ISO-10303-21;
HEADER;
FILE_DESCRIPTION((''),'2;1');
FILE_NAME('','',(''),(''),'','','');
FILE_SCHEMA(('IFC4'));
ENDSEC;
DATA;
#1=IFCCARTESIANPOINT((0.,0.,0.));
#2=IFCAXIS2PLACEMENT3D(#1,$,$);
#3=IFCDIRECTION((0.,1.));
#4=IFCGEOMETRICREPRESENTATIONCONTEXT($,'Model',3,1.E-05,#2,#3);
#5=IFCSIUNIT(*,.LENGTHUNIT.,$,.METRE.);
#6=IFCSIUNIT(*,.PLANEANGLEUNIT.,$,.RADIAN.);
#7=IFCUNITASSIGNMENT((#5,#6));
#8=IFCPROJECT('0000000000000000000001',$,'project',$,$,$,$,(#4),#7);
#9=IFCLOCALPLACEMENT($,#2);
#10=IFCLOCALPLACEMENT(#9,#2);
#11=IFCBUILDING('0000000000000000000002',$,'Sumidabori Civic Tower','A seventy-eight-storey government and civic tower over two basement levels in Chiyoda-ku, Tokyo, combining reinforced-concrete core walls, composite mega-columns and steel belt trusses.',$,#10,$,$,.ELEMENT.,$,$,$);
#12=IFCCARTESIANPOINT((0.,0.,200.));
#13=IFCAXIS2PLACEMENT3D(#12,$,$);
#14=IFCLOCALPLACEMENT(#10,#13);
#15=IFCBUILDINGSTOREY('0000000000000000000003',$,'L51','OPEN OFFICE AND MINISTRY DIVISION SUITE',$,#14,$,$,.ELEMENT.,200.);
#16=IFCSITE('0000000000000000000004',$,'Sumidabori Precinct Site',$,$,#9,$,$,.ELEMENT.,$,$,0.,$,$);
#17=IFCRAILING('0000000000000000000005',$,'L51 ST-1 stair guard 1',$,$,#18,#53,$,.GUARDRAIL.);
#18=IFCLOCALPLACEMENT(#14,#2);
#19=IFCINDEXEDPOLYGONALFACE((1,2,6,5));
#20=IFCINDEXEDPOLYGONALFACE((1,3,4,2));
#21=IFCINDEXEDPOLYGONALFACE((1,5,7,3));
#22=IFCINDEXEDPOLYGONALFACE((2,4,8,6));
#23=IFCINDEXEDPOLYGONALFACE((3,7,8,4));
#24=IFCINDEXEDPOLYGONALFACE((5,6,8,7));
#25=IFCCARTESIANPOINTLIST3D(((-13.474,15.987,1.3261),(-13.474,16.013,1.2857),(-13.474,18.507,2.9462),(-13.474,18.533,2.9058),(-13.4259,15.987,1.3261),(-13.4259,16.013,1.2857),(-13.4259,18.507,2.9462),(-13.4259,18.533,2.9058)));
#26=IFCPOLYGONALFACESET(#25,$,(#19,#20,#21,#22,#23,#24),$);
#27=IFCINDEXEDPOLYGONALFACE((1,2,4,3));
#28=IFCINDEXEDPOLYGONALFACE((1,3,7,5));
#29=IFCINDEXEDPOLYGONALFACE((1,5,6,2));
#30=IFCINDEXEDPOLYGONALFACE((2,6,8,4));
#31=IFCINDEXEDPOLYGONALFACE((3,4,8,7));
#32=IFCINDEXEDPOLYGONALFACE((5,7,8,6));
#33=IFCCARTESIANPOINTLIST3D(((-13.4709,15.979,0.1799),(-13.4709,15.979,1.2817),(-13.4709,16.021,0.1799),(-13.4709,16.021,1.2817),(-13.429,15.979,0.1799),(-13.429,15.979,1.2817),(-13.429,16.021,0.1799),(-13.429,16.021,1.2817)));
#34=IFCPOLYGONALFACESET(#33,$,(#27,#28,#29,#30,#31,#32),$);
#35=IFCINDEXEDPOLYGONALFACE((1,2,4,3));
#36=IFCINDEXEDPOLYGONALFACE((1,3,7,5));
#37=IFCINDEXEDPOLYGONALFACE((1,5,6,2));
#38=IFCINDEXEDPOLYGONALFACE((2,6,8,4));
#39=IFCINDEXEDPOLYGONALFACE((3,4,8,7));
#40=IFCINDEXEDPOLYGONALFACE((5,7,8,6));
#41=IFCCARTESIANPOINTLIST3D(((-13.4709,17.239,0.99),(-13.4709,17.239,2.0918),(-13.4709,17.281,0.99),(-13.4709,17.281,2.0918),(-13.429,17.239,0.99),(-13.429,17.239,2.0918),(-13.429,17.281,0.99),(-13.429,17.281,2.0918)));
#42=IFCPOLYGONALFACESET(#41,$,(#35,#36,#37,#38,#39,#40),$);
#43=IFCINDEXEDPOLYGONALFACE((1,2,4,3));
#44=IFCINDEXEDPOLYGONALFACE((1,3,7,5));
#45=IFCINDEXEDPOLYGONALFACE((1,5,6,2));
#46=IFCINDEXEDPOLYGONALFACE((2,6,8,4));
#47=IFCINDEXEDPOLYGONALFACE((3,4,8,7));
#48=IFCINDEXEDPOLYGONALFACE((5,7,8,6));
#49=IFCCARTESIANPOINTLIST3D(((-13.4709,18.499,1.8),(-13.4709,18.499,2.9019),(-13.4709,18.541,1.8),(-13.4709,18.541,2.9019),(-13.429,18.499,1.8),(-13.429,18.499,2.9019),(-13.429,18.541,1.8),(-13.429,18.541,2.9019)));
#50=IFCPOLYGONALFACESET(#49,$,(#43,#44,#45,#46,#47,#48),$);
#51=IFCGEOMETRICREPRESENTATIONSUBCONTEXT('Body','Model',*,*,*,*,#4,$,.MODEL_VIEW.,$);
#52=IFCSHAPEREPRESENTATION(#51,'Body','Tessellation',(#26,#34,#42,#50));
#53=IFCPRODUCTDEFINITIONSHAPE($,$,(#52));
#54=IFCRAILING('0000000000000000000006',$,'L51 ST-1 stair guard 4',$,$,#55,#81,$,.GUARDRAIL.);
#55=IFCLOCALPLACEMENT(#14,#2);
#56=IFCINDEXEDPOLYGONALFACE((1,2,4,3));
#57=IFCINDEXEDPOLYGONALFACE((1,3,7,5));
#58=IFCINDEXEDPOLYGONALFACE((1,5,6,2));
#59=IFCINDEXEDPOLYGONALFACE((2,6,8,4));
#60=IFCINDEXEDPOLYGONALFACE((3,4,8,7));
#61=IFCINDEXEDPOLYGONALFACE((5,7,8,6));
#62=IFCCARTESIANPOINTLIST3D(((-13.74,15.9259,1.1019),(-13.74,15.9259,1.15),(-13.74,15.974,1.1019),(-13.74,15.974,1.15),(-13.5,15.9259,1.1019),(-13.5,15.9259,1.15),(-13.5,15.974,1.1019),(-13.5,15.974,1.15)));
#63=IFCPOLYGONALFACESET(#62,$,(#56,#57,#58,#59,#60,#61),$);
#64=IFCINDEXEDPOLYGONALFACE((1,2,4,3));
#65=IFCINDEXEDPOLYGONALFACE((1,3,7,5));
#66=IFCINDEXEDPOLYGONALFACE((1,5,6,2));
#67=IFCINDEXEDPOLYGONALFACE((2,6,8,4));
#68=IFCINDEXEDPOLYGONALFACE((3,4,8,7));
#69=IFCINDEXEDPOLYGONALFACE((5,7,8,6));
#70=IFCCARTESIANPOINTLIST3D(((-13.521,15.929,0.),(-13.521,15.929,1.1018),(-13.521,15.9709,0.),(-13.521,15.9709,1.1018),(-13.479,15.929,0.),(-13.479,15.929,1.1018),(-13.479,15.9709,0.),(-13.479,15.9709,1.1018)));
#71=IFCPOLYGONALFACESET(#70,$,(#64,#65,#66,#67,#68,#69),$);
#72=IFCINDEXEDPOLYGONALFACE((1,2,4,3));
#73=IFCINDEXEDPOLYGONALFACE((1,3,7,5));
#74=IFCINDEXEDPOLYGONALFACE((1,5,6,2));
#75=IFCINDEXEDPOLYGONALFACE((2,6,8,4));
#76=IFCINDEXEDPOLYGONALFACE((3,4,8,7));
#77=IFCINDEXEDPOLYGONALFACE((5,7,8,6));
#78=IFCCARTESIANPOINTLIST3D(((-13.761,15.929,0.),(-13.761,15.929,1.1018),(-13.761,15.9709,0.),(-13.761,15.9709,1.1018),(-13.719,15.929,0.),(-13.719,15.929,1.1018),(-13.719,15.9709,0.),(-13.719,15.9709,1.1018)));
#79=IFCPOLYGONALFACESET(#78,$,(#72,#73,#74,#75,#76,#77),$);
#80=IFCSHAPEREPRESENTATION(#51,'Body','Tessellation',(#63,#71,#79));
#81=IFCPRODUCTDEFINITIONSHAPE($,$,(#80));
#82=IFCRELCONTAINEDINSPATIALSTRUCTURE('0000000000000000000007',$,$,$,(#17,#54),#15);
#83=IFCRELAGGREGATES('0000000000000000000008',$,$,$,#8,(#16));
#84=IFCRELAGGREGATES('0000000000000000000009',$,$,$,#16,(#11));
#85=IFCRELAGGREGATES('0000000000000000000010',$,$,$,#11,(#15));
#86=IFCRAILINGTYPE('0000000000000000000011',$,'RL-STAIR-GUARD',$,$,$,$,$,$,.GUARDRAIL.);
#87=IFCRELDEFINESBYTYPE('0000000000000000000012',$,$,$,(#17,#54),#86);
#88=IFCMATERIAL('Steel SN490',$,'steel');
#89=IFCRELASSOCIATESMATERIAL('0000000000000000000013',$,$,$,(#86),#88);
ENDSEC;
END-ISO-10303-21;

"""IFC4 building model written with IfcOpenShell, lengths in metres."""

from ifc_helpers import new_model, si_unit, direction, frame, origin, origin_2d, place, context, subcontext, project, spatial, rectangle, extrude, material, type_object, element, save


model = new_model("IFC4")

# Units and contexts
model_context = context("Model", 3, precision=1e-05, world=origin(), true_north=direction((0.0, 1.0)))
body_context = subcontext(model_context, "Body", "Model", "MODEL_VIEW")
ifc_project = project(units=[si_unit("LENGTHUNIT", "METRE"), si_unit("PLANEANGLEUNIT", "RADIAN")], contexts=[model_context])

# Site, building, storey
site_placement = place(None, origin())
site = spatial("IfcSite", under=ifc_project, at=site_placement, Name="Sumidabori Precinct Site", CompositionType="ELEMENT", RefElevation=0.0)
building_placement = place(site_placement, origin())
building = spatial("IfcBuilding", under=site, at=building_placement, Name="Sumidabori Civic Tower", Description="A seventy-eight-storey government and civic tower over two basement levels in Chiyoda-ku, Tokyo, combining reinforced-concrete core walls, composite mega-columns and steel belt trusses.", CompositionType="ELEMENT")
storey_placement = place(building_placement, frame((0.0, 0.0, 200.0)))
storey = spatial("IfcBuildingStorey", under=building, at=storey_placement, Name="L51", Description="OPEN OFFICE AND MINISTRY DIVISION SUITE", CompositionType="ELEMENT", Elevation=200.0)

# Shared definitions
ifc_material_1 = material(Name="Steel SN490", Category="steel")

# Railings
railing_type = type_object("IfcRailingType", Name="RL-STAIR-GUARD", PredefinedType="GUARDRAIL", material=ifc_material_1)
railing_1_placement = place(storey_placement, frame((-13.45, 16.0, 0.1799)))
element("IfcRailing", 1, at=railing_1_placement, inside=storey, type_object=railing_type, Name="L51 ST-1 stair guard 1", PredefinedType="GUARDRAIL", context=body_context, shape_type="SweptSolid", body=[
    extrude(rectangle(XDim=0.0481, YDim=0.0481, at=origin_2d()), frame((0.0, 0.0, 1.126), z_axis=(0.0, 0.841163, 0.540782), x_axis=(-1.0, 0.0, 0.0)), (0.0, 0.0, 1.0), 2.9958),
    extrude(rectangle(XDim=0.042, YDim=0.042, at=origin_2d()), origin(), (0.0, 0.0, 1.0), 1.1018),
    extrude(rectangle(XDim=0.042, YDim=0.042, at=origin_2d()), frame((0.0, 1.26, 0.8101)), (0.0, 0.0, 1.0), 1.1018),
    extrude(rectangle(XDim=0.042, YDim=0.042, at=origin_2d()), frame((0.0, 2.52, 1.6201)), (0.0, 0.0, 1.0), 1.1018),
])
railing_2_placement = place(storey_placement, frame((-13.5, 15.95, 0.0)))
element("IfcRailing", 2, at=railing_2_placement, inside=storey, type_object=railing_type, Name="L51 ST-1 stair guard 4", PredefinedType="GUARDRAIL", context=body_context, shape_type="SweptSolid", body=[
    extrude(rectangle(XDim=0.0481, YDim=0.0481, at=origin_2d()), frame((0.0, 0.0, 1.126), z_axis=(-1.0, 0.0, 0.0), x_axis=(0.0, -1.0, 0.0)), (0.0, 0.0, 1.0), 0.24),
    extrude(rectangle(XDim=0.042, YDim=0.042, at=origin_2d()), origin(), (0.0, 0.0, 1.0), 1.1018),
    extrude(rectangle(XDim=0.042, YDim=0.042, at=origin_2d()), frame((-0.24, 0.0, 0.0)), (0.0, 0.0, 1.0), 1.1018),
])

save(model, "model.ifc")
